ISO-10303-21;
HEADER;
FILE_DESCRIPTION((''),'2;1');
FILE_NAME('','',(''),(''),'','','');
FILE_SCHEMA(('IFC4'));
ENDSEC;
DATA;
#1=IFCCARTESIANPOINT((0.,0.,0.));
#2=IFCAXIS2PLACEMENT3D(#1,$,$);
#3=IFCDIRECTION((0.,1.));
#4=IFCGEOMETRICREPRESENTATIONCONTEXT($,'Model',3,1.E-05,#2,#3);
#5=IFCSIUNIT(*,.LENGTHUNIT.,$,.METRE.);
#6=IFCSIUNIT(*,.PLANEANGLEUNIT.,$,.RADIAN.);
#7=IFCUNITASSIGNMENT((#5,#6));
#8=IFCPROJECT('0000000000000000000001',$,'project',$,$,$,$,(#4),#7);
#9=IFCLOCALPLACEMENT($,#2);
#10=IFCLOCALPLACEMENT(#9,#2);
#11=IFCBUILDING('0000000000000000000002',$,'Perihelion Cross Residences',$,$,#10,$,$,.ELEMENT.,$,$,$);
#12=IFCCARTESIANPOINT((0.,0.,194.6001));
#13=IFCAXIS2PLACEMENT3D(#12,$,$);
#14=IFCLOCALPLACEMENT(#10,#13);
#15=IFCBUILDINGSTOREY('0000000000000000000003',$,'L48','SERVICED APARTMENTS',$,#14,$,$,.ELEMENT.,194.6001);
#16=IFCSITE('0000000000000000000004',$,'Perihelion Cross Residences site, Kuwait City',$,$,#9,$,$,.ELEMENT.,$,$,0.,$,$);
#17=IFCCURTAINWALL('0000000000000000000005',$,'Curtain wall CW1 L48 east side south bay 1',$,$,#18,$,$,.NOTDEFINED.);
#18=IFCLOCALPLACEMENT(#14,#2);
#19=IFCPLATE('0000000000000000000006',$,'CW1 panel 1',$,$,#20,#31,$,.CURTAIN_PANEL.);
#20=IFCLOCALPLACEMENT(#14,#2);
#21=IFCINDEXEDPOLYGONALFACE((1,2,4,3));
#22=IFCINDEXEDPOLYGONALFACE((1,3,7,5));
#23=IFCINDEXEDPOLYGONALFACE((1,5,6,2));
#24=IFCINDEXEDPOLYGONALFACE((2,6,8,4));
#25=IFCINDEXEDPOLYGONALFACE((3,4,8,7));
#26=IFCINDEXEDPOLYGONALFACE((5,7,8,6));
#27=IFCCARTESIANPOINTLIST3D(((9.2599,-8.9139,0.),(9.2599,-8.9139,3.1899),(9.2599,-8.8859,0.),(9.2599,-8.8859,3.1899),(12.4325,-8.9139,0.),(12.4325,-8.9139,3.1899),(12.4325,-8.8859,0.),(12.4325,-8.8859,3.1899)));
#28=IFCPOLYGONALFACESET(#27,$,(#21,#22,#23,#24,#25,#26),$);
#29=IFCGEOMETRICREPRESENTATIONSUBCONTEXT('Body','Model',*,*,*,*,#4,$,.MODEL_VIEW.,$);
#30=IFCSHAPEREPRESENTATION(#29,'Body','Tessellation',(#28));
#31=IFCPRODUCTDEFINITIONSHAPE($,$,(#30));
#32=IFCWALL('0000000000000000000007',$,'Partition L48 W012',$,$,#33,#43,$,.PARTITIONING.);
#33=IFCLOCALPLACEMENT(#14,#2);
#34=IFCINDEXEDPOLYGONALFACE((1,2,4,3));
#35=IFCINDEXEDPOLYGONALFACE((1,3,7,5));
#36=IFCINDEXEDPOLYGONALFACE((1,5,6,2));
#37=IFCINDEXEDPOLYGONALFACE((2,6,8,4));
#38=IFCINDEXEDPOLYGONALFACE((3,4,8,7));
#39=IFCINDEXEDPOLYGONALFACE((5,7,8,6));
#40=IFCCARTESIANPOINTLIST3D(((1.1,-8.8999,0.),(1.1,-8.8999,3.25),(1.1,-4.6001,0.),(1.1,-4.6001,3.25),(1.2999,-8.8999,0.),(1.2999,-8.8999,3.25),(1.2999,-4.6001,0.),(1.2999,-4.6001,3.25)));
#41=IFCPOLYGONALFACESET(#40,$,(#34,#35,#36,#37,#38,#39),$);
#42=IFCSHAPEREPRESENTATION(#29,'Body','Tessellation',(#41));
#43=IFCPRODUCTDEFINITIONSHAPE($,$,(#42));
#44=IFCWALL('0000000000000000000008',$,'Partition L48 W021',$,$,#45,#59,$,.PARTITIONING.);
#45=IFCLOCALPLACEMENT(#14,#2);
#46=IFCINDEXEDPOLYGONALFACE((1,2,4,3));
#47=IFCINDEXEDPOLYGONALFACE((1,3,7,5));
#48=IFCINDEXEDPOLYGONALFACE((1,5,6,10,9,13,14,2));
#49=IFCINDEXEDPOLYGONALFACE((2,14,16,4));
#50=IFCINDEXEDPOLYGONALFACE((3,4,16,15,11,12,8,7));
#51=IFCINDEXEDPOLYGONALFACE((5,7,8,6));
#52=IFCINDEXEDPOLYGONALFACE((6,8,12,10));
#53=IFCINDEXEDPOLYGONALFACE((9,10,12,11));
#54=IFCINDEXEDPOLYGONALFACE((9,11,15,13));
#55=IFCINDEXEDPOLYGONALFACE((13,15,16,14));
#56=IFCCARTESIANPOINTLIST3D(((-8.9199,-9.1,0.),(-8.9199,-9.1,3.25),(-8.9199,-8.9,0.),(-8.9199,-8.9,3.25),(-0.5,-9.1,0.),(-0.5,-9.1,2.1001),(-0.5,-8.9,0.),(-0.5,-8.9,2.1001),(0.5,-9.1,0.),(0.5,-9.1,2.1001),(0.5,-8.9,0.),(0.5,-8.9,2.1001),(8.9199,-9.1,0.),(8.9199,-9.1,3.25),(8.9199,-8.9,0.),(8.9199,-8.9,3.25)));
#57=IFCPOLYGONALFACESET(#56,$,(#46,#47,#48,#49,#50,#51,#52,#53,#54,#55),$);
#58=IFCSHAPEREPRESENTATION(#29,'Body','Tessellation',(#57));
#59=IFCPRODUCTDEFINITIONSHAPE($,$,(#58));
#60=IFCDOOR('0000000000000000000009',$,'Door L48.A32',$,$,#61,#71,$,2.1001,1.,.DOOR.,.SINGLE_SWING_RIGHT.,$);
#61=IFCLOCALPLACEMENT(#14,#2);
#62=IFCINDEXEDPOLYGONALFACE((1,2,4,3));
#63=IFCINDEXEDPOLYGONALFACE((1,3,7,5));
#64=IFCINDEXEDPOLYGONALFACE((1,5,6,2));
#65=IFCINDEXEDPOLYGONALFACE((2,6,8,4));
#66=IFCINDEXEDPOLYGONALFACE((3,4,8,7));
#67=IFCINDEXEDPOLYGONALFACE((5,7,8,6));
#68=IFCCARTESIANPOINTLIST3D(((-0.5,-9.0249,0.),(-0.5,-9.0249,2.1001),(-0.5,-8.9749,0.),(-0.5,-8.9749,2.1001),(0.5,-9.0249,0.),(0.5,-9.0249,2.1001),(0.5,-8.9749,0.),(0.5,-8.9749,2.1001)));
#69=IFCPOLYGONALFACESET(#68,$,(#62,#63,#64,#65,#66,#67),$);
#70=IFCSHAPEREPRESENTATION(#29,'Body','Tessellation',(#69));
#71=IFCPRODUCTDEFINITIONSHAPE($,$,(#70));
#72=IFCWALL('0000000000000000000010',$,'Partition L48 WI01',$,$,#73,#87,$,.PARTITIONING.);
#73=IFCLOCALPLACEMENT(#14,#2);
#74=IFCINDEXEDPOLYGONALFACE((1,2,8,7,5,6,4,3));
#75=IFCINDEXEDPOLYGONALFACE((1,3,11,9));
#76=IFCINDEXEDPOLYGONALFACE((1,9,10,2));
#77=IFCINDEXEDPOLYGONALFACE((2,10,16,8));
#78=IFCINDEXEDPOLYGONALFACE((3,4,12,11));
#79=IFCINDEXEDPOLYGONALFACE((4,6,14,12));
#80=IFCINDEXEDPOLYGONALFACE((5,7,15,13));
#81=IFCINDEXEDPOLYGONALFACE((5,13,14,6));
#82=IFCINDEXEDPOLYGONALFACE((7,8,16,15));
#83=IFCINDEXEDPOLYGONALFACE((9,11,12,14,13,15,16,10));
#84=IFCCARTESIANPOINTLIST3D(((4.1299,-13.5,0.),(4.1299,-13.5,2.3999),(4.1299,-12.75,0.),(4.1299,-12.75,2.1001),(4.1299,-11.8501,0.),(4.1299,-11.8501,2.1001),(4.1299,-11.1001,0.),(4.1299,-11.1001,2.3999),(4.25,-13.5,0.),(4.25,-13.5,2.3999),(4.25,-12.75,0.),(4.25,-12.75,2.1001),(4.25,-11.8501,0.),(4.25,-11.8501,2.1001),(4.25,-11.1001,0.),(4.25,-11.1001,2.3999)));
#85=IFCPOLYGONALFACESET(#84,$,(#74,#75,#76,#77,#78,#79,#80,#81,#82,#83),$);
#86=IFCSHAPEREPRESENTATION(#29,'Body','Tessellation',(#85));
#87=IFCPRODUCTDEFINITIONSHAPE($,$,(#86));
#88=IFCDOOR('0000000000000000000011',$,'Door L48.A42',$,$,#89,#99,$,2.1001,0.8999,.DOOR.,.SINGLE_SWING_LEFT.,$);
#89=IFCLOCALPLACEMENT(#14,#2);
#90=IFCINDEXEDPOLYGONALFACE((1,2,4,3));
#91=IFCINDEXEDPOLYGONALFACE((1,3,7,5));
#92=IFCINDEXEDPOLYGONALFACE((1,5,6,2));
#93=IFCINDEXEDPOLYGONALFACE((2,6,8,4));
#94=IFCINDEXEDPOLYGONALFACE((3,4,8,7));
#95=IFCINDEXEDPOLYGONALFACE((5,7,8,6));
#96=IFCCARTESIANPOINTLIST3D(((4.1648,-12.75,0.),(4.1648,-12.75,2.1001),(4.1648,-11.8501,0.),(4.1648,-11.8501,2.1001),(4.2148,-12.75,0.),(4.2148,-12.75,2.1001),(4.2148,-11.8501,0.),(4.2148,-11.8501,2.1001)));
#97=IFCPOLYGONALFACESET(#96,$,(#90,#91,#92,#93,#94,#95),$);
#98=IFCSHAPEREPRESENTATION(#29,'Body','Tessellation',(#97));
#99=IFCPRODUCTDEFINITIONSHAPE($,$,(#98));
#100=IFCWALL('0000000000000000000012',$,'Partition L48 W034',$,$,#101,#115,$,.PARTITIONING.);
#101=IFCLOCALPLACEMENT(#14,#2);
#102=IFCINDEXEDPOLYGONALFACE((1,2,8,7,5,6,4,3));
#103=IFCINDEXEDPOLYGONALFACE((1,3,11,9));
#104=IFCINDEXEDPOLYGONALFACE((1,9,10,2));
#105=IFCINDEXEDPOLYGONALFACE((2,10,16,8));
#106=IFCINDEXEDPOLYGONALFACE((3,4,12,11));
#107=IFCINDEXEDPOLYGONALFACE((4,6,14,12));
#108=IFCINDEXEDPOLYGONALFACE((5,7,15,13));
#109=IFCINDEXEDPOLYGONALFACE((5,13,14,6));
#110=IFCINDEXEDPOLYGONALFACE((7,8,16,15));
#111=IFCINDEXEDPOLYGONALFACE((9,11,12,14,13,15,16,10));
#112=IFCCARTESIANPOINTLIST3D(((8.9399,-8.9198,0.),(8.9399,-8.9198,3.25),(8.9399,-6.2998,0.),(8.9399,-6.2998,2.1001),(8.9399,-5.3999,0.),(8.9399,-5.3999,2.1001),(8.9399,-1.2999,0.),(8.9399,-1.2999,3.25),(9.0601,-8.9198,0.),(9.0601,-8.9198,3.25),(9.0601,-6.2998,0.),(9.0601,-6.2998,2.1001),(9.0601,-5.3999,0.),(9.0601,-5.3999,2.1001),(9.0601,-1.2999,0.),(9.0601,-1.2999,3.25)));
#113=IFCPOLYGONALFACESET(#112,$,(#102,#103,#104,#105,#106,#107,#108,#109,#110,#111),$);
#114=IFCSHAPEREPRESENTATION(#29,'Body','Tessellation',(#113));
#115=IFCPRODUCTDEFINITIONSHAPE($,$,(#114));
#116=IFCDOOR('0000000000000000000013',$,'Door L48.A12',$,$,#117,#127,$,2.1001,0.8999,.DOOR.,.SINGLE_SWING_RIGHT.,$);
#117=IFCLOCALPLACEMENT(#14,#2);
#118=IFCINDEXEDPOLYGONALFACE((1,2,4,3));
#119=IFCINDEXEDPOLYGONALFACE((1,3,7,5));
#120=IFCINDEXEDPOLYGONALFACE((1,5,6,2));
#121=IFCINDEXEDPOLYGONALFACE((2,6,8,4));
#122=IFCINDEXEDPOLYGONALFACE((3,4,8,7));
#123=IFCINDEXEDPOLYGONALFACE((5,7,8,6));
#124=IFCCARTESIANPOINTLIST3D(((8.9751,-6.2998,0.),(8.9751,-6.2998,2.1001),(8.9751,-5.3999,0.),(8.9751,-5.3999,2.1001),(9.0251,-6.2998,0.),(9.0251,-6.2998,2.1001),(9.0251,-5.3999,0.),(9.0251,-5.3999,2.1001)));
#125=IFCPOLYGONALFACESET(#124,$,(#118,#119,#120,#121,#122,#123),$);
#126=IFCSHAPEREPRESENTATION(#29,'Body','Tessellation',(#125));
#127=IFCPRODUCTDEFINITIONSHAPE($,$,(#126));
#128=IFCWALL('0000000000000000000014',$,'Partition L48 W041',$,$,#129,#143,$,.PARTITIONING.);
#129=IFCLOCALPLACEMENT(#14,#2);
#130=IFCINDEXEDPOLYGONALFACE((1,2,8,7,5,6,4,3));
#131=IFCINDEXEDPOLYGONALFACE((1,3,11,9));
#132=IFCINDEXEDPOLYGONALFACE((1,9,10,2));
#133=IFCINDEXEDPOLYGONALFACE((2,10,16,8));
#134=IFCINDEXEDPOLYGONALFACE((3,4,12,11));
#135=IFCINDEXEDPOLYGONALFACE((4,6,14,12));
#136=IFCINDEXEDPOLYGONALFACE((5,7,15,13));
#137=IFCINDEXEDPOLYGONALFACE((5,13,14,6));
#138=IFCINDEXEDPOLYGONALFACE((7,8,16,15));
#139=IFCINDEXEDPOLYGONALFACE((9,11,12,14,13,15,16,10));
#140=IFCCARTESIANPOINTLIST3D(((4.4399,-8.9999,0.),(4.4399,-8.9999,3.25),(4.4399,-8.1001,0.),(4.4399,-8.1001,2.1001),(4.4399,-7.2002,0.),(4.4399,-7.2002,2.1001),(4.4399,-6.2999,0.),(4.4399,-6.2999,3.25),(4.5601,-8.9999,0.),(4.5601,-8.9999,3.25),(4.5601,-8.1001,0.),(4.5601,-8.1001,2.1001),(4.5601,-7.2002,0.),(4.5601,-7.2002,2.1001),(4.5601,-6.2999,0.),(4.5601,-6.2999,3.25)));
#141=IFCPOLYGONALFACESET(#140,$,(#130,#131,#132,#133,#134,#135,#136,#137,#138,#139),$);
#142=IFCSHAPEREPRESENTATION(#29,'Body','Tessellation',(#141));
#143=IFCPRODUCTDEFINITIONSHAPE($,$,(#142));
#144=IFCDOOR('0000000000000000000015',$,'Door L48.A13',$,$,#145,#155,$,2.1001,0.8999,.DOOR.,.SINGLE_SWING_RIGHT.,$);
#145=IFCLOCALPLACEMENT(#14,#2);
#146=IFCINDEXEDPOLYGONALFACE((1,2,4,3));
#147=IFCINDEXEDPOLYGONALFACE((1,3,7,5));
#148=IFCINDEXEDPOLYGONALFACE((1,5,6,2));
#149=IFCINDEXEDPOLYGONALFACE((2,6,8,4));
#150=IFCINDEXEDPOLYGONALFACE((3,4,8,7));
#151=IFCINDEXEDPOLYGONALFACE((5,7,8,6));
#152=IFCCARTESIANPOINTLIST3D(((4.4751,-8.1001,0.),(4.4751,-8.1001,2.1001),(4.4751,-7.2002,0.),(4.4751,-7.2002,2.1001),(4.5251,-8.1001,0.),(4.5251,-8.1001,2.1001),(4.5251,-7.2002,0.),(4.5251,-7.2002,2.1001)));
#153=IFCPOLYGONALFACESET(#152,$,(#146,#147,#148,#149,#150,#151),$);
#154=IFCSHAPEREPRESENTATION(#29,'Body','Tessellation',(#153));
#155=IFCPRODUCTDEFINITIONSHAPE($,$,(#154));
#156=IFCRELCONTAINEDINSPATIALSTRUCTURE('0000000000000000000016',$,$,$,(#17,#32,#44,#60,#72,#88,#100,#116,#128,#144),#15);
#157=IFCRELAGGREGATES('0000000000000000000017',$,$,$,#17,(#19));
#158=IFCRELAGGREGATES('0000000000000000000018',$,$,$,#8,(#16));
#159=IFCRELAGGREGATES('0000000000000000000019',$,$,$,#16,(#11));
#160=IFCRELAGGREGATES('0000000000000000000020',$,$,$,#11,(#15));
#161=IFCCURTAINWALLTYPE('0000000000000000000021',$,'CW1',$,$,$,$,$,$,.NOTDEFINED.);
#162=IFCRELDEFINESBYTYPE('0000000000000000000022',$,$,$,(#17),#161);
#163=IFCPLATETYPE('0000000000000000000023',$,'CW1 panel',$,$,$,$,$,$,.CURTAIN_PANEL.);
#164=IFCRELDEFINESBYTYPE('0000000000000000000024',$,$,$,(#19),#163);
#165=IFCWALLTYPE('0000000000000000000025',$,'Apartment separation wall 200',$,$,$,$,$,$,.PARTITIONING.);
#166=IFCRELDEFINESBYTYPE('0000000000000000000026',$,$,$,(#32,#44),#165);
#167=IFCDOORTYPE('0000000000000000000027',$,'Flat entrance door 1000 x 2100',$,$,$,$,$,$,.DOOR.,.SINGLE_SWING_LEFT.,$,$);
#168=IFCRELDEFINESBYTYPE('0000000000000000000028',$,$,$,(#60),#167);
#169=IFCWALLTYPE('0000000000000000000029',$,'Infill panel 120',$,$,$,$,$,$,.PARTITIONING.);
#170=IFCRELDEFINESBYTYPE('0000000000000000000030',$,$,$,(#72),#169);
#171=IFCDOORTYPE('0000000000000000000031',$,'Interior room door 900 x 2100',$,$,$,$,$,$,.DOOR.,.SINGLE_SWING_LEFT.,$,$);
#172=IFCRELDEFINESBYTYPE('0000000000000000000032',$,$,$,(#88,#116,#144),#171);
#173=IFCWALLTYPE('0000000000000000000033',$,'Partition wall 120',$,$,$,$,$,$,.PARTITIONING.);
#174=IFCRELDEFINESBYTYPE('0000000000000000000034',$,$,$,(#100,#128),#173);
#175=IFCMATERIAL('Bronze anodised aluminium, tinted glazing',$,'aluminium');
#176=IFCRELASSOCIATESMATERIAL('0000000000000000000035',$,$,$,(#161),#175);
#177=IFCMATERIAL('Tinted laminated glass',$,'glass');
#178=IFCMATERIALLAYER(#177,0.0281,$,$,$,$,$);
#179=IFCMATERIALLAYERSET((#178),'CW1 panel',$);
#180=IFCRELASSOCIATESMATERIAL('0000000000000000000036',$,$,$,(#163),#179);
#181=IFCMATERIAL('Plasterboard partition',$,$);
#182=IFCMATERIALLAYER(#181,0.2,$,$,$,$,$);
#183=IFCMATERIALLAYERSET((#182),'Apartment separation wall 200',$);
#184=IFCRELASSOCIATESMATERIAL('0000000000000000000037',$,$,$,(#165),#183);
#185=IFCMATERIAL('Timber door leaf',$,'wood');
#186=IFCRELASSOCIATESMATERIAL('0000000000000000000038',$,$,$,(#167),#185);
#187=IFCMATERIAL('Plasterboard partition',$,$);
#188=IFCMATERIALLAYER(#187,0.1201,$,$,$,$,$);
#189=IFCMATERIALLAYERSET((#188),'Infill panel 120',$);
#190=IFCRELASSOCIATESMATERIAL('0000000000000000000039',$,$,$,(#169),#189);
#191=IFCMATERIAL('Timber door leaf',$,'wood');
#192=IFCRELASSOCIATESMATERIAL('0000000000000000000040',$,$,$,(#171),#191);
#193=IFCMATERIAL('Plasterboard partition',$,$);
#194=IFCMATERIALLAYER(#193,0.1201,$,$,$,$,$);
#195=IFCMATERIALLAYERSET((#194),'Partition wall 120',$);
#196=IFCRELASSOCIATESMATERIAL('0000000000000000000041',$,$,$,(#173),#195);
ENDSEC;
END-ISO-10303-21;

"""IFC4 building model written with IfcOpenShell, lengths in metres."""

from ifc_helpers import new_model, si_unit, direction, frame, frame_2d, origin, origin_2d, place, context, subcontext, project, spatial, rectangle, extrude, material, layer, layer_set, type_object, element, fill, aggregate, save


model = new_model("IFC4")

# Units and contexts
model_context = context("Model", 3, precision=1e-05, world=origin(), true_north=direction((0.0, 1.0)))
body_context = subcontext(model_context, "Body", "Model", "MODEL_VIEW")
ifc_project = project(units=[si_unit("LENGTHUNIT", "METRE"), si_unit("PLANEANGLEUNIT", "RADIAN")], contexts=[model_context])

# Site, building, storey
site_placement = place(None, origin())
site = spatial("IfcSite", under=ifc_project, at=site_placement, Name="Perihelion Cross Residences site, Kuwait City", CompositionType="ELEMENT", RefElevation=0.0)
building_placement = place(site_placement, origin())
building = spatial("IfcBuilding", under=site, at=building_placement, Name="Perihelion Cross Residences", CompositionType="ELEMENT")
storey_placement = place(building_placement, frame((0.0, 0.0, 194.6001)))
storey = spatial("IfcBuildingStorey", under=building, at=storey_placement, Name="L48", Description="SERVICED APARTMENTS", CompositionType="ELEMENT", Elevation=194.6001)

# Curtain wall
ifc_material_1 = material(Name="Bronze anodised aluminium, tinted glazing", Category="aluminium")
curtain_wall_type = type_object("IfcCurtainWallType", Name="CW1", PredefinedType="NOTDEFINED", material=ifc_material_1)
curtain_wall_1_placement = place(storey_placement, origin())
curtain_wall_1 = element("IfcCurtainWall", 1, at=curtain_wall_1_placement, inside=storey, type_object=curtain_wall_type, Name="Curtain wall CW1 L48 east side south bay 1", PredefinedType="NOTDEFINED")

# Plate
ifc_material_2 = material(Name="Tinted laminated glass", Category="glass")
ifc_layer_1 = layer(ifc_material_2, 0.0281)
ifc_layer_set_1 = layer_set([ifc_layer_1], Name="CW1 panel")
plate_type = type_object("IfcPlateType", Name="CW1 panel", PredefinedType="CURTAIN_PANEL", material=ifc_layer_set_1)
plate_1_placement = place(storey_placement, frame((10.8462, -8.8999, 0.0), z_axis=(0.0, 0.0, 1.0), x_axis=(1.0, 0.0, 0.0)))
plate_1 = element("IfcPlate", 2, at=plate_1_placement, type_object=plate_type, Name="CW1 panel 1", PredefinedType="CURTAIN_PANEL", context=body_context, shape_type="SweptSolid", body=[
    extrude(rectangle(XDim=3.1726, YDim=0.0281, at=origin_2d()), origin(), (0.0, 0.0, 1.0), 3.1899),
])
aggregate(curtain_wall_1, [plate_1])

# Wall
ifc_material_3 = material(Name="Plasterboard partition")
ifc_layer_2 = layer(ifc_material_3, 0.2)
ifc_layer_set_2 = layer_set([ifc_layer_2], Name="Apartment separation wall 200")
wall_type_1 = type_object("IfcWallType", Name="Apartment separation wall 200", PredefinedType="PARTITIONING", material=ifc_layer_set_2)
wall_1_placement = place(storey_placement, frame((1.2, -4.6001, 0.0), z_axis=(0.0, 0.0, 1.0), x_axis=(0.0, -1.0, 0.0)))
element("IfcWall", 3, at=wall_1_placement, inside=storey, type_object=wall_type_1, Name="Partition L48 W012", PredefinedType="PARTITIONING", context=body_context, shape_type="SweptSolid", body=[
    extrude(rectangle(XDim=4.2998, YDim=0.2, at=frame_2d((2.1499, 0.0))), origin(), (0.0, 0.0, 1.0), 3.25),
])

# Walls, openings, doors
wall_2_placement = place(storey_placement, frame((8.9199, -9.0, 0.0), z_axis=(0.0, 0.0, 1.0), x_axis=(-1.0, 0.0, 0.0)))
wall_2 = element("IfcWall", 4, at=wall_2_placement, inside=storey, type_object=wall_type_1, Name="Partition L48 W021", PredefinedType="PARTITIONING", context=body_context, shape_type="SweptSolid", body=[
    extrude(rectangle(XDim=17.8398, YDim=0.2, at=frame_2d((8.9199, 0.0))), origin(), (0.0, 0.0, 1.0), 3.25),
])
opening_1_placement = place(wall_2_placement, frame((8.4199, 0.0, 0.0)))
opening_1 = element("IfcOpeningElement", 5, at=opening_1_placement, cuts=wall_2, PredefinedType="OPENING", context=body_context, shape_type="SweptSolid", body=[
    extrude(rectangle(XDim=1.0, YDim=2.1001, at=frame_2d((0.5, 1.05))), frame((0.0, 0.1099, 0.0), z_axis=(0.0, -1.0, 0.0), x_axis=(1.0, 0.0, 0.0)), (0.0, 0.0, 1.0), 0.22),
])
ifc_material_4 = material(Name="Timber door leaf", Category="wood")
door_type_1 = type_object("IfcDoorType", Name="Flat entrance door 1000 x 2100", OperationType="SINGLE_SWING_LEFT", PredefinedType="DOOR", material=ifc_material_4)
door_1_placement = place(opening_1_placement, origin())
door_1 = element("IfcDoor", 6, at=door_1_placement, inside=storey, type_object=door_type_1, Name="Door L48.A32", OperationType="SINGLE_SWING_RIGHT", OverallHeight=2.1001, OverallWidth=1.0, PredefinedType="DOOR", context=body_context, shape_type="SweptSolid", body=[
    extrude(rectangle(XDim=1.0, YDim=2.1001, at=frame_2d((0.5, 1.05))), frame((0.0, 0.0249, 0.0), z_axis=(0.0, -1.0, 0.0), x_axis=(1.0, 0.0, 0.0)), (0.0, 0.0, 1.0), 0.05),
])
fill(opening_1, door_1)
ifc_material_5 = material(Name="Plasterboard partition")
ifc_layer_3 = layer(ifc_material_5, 0.1201)
ifc_layer_set_3 = layer_set([ifc_layer_3], Name="Infill panel 120")
wall_type_2 = type_object("IfcWallType", Name="Infill panel 120", PredefinedType="PARTITIONING", material=ifc_layer_set_3)
wall_3_placement = place(storey_placement, frame((4.1899, -11.1001, 0.0), z_axis=(0.0, 0.0, 1.0), x_axis=(0.0, -1.0, 0.0)))
wall_3 = element("IfcWall", 7, at=wall_3_placement, inside=storey, type_object=wall_type_2, Name="Partition L48 WI01", PredefinedType="PARTITIONING", context=body_context, shape_type="SweptSolid", body=[
    extrude(rectangle(XDim=2.3999, YDim=0.1201, at=frame_2d((1.2, 0.0))), origin(), (0.0, 0.0, 1.0), 2.3999),
])
opening_2_placement = place(wall_3_placement, frame((0.75, 0.0, 0.0)))
opening_2 = element("IfcOpeningElement", 8, at=opening_2_placement, cuts=wall_3, PredefinedType="OPENING", context=body_context, shape_type="SweptSolid", body=[
    extrude(rectangle(XDim=0.8999, YDim=2.1001, at=frame_2d((0.45, 1.05))), frame((0.0, 0.0701, 0.0), z_axis=(0.0, -1.0, 0.0), x_axis=(1.0, 0.0, 0.0)), (0.0, 0.0, 1.0), 0.1401),
])
ifc_material_6 = material(Name="Timber door leaf", Category="wood")
door_type_2 = type_object("IfcDoorType", Name="Interior room door 900 x 2100", OperationType="SINGLE_SWING_LEFT", PredefinedType="DOOR", material=ifc_material_6)
door_2_placement = place(opening_2_placement, origin())
door_2 = element("IfcDoor", 9, at=door_2_placement, inside=storey, type_object=door_type_2, Name="Door L48.A42", OperationType="SINGLE_SWING_LEFT", OverallHeight=2.1001, OverallWidth=0.8999, PredefinedType="DOOR", context=body_context, shape_type="SweptSolid", body=[
    extrude(rectangle(XDim=0.8999, YDim=2.1001, at=frame_2d((0.45, 1.05))), frame((0.0, 0.0249, 0.0), z_axis=(0.0, -1.0, 0.0), x_axis=(1.0, 0.0, 0.0)), (0.0, 0.0, 1.0), 0.05),
])
fill(opening_2, door_2)
ifc_material_7 = material(Name="Plasterboard partition")
ifc_layer_4 = layer(ifc_material_7, 0.1201)
ifc_layer_set_4 = layer_set([ifc_layer_4], Name="Partition wall 120")
wall_type_3 = type_object("IfcWallType", Name="Partition wall 120", PredefinedType="PARTITIONING", material=ifc_layer_set_4)
wall_4_placement = place(storey_placement, frame((9.0, -8.9199, 0.0), z_axis=(0.0, 0.0, 1.0), x_axis=(0.0, 1.0, 0.0)))
wall_4 = element("IfcWall", 10, at=wall_4_placement, inside=storey, type_object=wall_type_3, Name="Partition L48 W034", PredefinedType="PARTITIONING", context=body_context, shape_type="SweptSolid", body=[
    extrude(rectangle(XDim=7.6199, YDim=0.1201, at=frame_2d((3.8101, 0.0))), origin(), (0.0, 0.0, 1.0), 3.25),
])
opening_3_placement = place(wall_4_placement, frame((2.6201, 0.0, 0.0)))
opening_3 = element("IfcOpeningElement", 11, at=opening_3_placement, cuts=wall_4, PredefinedType="OPENING", context=body_context, shape_type="SweptSolid", body=[
    extrude(rectangle(XDim=0.8999, YDim=2.1001, at=frame_2d((0.45, 1.05))), frame((0.0, 0.0701, 0.0), z_axis=(0.0, -1.0, 0.0), x_axis=(1.0, 0.0, 0.0)), (0.0, 0.0, 1.0), 0.1401),
])
door_3_placement = place(opening_3_placement, origin())
door_3 = element("IfcDoor", 12, at=door_3_placement, inside=storey, type_object=door_type_2, Name="Door L48.A12", OperationType="SINGLE_SWING_RIGHT", OverallHeight=2.1001, OverallWidth=0.8999, PredefinedType="DOOR", context=body_context, shape_type="SweptSolid", body=[
    extrude(rectangle(XDim=0.8999, YDim=2.1001, at=frame_2d((0.45, 1.05))), frame((0.0, 0.0249, 0.0), z_axis=(0.0, -1.0, 0.0), x_axis=(1.0, 0.0, 0.0)), (0.0, 0.0, 1.0), 0.05),
])
fill(opening_3, door_3)
wall_5_placement = place(storey_placement, frame((4.5, -9.0, 0.0), z_axis=(0.0, 0.0, 1.0), x_axis=(0.0, 1.0, 0.0)))
wall_5 = element("IfcWall", 13, at=wall_5_placement, inside=storey, type_object=wall_type_3, Name="Partition L48 W041", PredefinedType="PARTITIONING", context=body_context, shape_type="SweptSolid", body=[
    extrude(rectangle(XDim=2.7, YDim=0.1201, at=frame_2d((1.3501, 0.0))), origin(), (0.0, 0.0, 1.0), 3.25),
])
opening_4_placement = place(wall_5_placement, frame((0.8999, 0.0, 0.0)))
opening_4 = element("IfcOpeningElement", 14, at=opening_4_placement, cuts=wall_5, PredefinedType="OPENING", context=body_context, shape_type="SweptSolid", body=[
    extrude(rectangle(XDim=0.8999, YDim=2.1001, at=frame_2d((0.45, 1.05))), frame((0.0, 0.0701, 0.0), z_axis=(0.0, -1.0, 0.0), x_axis=(1.0, 0.0, 0.0)), (0.0, 0.0, 1.0), 0.1401),
])
door_4_placement = place(opening_4_placement, origin())
door_4 = element("IfcDoor", 15, at=door_4_placement, inside=storey, type_object=door_type_2, Name="Door L48.A13", OperationType="SINGLE_SWING_RIGHT", OverallHeight=2.1001, OverallWidth=0.8999, PredefinedType="DOOR", context=body_context, shape_type="SweptSolid", body=[
    extrude(rectangle(XDim=0.8999, YDim=2.1001, at=frame_2d((0.45, 1.05))), frame((0.0, 0.0249, 0.0), z_axis=(0.0, -1.0, 0.0), x_axis=(1.0, 0.0, 0.0)), (0.0, 0.0, 1.0), 0.05),
])
fill(opening_4, door_4)

save(model, "model.ifc")
